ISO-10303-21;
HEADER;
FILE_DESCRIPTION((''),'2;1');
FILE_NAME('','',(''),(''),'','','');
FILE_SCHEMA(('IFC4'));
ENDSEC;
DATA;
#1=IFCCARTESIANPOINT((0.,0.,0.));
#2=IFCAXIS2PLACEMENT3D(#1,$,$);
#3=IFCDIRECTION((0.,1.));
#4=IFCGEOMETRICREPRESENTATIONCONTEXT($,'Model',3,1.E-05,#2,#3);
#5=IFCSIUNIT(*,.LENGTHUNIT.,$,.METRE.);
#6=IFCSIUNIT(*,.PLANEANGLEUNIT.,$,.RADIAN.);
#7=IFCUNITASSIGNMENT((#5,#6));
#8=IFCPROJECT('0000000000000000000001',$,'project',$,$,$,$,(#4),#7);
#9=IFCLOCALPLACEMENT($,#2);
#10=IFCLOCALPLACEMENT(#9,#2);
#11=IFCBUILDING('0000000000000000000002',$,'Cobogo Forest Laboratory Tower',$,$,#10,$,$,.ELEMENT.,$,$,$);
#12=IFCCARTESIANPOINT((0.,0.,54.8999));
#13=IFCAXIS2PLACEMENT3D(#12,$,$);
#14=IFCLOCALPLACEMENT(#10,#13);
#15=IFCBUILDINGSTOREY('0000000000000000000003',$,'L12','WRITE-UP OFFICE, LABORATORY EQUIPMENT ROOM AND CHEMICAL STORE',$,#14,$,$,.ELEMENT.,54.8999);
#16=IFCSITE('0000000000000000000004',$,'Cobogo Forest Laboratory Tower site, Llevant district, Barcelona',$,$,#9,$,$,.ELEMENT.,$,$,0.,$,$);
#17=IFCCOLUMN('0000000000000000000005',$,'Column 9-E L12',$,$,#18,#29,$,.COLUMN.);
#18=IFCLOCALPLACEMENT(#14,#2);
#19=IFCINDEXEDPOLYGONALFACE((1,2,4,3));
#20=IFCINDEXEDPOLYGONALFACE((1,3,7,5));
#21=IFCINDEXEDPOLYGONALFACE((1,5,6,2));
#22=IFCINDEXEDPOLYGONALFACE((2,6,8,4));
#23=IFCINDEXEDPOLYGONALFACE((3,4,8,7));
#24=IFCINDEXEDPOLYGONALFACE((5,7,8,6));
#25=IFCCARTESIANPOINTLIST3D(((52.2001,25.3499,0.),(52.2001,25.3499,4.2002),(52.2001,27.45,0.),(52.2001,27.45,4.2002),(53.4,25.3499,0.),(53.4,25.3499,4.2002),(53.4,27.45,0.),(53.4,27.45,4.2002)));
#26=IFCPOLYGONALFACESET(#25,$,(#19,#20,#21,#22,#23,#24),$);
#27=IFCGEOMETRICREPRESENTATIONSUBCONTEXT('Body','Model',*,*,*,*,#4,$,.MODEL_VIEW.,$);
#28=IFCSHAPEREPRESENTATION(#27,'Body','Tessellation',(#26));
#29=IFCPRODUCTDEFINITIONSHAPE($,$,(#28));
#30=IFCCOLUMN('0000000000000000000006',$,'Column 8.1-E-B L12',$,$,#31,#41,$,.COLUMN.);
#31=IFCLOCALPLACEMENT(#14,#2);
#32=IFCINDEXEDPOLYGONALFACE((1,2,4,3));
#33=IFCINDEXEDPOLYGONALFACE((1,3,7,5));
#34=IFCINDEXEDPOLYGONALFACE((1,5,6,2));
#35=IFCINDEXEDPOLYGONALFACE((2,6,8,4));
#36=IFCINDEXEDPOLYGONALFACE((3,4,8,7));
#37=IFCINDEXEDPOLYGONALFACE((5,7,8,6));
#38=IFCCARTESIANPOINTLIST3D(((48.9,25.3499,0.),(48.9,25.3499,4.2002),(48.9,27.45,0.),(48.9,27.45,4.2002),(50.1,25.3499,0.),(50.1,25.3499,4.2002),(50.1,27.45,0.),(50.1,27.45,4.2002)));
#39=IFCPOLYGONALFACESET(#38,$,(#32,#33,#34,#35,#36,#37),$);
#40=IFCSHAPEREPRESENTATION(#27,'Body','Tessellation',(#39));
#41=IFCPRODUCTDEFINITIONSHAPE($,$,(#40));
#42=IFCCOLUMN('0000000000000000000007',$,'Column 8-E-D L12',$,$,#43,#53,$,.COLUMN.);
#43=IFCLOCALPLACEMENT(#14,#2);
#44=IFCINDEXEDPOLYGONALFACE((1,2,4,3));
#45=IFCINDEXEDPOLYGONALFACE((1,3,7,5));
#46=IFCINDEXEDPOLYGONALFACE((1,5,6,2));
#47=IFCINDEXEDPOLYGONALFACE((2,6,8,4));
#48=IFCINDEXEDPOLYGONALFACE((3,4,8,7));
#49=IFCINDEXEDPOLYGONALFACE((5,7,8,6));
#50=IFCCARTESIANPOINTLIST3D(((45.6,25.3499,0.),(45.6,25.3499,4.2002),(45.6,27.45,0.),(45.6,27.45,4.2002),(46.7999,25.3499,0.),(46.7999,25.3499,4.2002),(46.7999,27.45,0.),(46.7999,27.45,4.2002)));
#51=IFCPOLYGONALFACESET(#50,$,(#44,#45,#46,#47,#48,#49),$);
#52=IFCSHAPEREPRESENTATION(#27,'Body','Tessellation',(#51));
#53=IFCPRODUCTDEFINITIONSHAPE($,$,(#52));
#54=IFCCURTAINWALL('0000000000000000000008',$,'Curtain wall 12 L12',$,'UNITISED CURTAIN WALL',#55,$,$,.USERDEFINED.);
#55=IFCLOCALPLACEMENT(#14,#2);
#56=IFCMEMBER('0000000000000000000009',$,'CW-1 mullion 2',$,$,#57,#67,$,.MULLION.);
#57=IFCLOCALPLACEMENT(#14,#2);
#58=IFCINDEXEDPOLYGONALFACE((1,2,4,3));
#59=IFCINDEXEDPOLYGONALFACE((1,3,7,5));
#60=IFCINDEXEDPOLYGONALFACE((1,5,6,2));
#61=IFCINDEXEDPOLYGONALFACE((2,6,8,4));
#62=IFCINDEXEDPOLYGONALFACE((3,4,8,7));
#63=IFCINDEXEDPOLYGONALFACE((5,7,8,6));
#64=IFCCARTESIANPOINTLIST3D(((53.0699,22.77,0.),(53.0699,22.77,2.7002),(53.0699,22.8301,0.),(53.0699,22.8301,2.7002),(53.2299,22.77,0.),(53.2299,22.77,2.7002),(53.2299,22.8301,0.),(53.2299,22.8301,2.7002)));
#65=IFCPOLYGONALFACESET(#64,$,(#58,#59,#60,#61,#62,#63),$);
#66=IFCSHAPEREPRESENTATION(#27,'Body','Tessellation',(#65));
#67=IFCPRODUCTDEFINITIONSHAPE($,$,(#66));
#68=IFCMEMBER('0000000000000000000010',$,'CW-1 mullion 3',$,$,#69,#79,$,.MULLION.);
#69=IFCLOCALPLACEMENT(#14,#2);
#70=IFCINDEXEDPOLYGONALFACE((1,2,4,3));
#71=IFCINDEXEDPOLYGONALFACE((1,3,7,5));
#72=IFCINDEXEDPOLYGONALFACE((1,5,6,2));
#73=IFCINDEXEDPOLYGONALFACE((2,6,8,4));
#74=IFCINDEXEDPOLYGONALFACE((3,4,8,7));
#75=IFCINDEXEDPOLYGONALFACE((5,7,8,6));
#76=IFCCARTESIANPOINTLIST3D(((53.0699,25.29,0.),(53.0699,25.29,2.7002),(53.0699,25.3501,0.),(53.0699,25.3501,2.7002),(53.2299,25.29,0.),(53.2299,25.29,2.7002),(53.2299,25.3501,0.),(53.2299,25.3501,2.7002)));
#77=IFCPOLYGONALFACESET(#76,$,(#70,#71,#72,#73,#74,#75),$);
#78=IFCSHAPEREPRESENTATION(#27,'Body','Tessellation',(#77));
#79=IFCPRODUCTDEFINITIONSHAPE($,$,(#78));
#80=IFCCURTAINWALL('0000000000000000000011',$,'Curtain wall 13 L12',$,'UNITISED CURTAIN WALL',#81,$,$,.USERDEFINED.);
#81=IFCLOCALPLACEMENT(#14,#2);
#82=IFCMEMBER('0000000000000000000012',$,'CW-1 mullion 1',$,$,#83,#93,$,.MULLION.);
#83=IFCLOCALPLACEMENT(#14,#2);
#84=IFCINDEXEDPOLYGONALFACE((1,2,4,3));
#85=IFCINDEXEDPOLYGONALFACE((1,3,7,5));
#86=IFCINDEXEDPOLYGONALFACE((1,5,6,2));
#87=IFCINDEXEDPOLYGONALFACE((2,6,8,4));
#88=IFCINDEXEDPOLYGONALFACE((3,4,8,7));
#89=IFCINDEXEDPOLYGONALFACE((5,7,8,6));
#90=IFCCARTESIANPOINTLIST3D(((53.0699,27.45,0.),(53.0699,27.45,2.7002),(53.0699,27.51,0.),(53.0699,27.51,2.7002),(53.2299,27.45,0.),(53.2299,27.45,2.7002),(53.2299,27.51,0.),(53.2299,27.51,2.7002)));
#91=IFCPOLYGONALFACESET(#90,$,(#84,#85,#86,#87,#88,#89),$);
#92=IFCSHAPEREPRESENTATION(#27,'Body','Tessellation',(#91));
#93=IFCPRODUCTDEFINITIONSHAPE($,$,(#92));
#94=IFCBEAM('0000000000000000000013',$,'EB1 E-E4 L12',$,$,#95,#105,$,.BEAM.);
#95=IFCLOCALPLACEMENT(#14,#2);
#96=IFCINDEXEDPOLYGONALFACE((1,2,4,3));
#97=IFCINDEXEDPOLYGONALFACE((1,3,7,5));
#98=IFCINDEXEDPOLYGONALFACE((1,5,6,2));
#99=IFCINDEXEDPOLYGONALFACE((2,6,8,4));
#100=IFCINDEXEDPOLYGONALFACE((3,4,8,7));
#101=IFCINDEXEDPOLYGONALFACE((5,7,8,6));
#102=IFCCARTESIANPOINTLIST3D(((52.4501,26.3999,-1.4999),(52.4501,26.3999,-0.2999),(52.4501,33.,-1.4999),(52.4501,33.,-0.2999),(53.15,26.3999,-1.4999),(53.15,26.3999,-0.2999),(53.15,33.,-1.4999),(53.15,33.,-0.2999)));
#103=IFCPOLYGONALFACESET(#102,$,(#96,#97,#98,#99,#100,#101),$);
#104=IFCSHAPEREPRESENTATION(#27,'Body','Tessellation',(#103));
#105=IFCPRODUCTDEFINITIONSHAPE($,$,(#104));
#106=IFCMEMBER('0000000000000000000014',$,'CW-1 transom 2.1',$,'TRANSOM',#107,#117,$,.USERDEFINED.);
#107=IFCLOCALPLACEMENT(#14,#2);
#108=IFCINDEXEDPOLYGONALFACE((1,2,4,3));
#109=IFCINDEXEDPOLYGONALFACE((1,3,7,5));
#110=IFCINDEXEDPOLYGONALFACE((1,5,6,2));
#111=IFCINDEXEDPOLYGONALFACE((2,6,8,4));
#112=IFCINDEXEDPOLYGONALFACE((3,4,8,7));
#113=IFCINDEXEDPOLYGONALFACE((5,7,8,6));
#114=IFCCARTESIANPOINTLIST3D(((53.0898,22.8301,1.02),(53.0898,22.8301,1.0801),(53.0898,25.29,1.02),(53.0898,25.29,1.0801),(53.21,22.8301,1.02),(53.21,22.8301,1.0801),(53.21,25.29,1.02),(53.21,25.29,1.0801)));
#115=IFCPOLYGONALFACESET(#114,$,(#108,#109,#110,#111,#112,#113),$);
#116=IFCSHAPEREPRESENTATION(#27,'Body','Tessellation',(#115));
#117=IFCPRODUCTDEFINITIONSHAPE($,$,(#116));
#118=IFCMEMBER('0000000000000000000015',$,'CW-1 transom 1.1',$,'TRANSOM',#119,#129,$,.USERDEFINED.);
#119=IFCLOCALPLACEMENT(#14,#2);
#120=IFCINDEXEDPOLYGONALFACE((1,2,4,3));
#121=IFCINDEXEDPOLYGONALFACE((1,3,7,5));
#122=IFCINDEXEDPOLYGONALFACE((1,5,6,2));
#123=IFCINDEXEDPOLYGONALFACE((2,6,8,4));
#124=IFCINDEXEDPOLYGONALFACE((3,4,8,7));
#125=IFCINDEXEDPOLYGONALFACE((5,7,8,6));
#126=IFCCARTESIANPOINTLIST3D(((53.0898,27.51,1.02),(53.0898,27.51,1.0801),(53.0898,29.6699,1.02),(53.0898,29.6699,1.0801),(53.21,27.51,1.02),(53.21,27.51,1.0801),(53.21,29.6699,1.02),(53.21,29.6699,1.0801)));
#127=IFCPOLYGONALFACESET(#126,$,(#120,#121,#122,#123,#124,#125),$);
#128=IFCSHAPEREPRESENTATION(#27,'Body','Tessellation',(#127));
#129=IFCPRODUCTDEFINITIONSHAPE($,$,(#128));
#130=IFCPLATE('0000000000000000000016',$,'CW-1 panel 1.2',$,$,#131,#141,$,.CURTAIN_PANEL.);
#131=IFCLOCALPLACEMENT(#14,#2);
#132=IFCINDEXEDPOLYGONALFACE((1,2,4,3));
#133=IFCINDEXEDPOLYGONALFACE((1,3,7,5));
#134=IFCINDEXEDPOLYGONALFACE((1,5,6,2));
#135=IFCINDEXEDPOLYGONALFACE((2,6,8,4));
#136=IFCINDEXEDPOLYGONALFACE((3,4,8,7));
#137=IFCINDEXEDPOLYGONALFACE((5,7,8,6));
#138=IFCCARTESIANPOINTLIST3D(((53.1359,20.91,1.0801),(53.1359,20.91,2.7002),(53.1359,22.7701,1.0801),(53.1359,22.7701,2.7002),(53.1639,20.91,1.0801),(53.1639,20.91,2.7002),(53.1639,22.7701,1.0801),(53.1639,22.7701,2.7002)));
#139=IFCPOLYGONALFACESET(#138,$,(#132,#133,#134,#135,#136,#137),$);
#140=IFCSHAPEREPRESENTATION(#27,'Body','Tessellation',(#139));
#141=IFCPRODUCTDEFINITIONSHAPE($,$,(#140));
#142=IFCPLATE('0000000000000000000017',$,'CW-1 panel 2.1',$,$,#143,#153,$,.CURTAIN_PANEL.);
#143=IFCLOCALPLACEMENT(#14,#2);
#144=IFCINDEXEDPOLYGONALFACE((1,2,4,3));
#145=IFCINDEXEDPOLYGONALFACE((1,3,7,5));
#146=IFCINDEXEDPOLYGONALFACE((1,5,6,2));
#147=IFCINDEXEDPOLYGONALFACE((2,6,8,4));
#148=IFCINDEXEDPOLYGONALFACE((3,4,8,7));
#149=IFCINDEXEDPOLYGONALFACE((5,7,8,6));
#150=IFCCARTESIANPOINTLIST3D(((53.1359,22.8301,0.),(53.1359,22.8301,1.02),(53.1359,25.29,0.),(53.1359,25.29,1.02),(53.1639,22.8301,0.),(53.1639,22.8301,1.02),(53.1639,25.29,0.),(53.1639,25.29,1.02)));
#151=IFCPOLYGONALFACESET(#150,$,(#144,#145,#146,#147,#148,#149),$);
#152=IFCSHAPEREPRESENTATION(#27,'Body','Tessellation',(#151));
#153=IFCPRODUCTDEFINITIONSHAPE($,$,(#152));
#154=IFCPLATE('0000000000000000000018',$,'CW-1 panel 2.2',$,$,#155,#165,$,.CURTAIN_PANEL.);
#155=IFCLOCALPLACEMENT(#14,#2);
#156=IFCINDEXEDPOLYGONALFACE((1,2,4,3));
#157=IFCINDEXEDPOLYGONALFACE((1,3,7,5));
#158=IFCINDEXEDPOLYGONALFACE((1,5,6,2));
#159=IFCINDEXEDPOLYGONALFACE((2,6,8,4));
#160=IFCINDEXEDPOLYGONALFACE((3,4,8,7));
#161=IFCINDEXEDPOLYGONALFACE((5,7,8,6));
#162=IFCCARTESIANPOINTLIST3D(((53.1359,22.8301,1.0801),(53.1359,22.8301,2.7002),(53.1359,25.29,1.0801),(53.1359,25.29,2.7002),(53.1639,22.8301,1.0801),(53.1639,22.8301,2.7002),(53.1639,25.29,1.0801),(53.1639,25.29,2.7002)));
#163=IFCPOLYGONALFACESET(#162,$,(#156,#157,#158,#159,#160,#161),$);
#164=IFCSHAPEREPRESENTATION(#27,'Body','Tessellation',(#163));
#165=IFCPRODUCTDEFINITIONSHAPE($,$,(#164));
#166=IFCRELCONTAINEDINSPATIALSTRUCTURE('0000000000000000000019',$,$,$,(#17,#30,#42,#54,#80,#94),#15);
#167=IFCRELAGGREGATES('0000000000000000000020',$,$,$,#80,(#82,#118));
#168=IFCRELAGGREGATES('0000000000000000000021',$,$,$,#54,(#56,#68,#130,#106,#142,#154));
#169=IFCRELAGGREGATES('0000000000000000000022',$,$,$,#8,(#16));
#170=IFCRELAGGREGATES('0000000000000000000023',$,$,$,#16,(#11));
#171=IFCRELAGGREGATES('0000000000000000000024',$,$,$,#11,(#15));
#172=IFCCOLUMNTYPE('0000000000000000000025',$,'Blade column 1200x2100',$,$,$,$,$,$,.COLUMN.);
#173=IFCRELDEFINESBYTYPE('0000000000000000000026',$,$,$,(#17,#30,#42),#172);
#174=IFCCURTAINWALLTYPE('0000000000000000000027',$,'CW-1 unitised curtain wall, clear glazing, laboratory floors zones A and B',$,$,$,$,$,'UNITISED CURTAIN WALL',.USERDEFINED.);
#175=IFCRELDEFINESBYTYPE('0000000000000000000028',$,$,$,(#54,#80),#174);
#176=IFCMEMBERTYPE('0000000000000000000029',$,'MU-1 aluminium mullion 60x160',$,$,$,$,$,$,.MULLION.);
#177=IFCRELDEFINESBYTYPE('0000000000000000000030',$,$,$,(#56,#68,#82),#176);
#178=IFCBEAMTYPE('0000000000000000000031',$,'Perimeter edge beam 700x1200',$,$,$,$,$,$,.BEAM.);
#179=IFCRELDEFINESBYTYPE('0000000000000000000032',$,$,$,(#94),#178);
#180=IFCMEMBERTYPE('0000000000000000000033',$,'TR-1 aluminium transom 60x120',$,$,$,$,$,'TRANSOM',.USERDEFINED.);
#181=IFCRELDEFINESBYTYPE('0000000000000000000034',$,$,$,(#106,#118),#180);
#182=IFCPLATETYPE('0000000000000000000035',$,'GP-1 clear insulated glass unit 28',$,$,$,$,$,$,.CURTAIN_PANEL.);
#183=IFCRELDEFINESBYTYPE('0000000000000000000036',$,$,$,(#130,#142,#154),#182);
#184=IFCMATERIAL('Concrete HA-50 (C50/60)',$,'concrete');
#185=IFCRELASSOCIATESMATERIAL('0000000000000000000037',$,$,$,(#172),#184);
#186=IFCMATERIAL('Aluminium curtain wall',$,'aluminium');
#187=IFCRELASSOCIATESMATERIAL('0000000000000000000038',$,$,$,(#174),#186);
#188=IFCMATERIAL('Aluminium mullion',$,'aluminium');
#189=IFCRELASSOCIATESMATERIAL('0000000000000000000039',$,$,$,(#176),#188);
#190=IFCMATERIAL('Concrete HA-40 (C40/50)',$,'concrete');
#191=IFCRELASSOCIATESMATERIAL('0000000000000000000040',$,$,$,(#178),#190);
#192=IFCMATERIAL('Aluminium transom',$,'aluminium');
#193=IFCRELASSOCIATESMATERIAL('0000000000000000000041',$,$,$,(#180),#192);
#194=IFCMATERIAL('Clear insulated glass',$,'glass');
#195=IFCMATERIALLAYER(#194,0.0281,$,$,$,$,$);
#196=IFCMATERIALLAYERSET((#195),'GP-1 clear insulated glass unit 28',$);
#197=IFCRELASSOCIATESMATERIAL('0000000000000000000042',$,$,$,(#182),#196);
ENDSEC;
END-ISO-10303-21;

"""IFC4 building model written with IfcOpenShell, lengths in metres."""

from ifc_helpers import new_model, si_unit, direction, frame, origin, origin_2d, place, context, subcontext, project, spatial, rectangle, extrude, material, layer, layer_set, material_profile, profile_set, type_object, element, aggregate, save


model = new_model("IFC4")

# Units and contexts
model_context = context("Model", 3, precision=1e-05, world=origin(), true_north=direction((0.0, 1.0)))
body_context = subcontext(model_context, "Body", "Model", "MODEL_VIEW")
ifc_project = project(units=[si_unit("LENGTHUNIT", "METRE"), si_unit("PLANEANGLEUNIT", "RADIAN")], contexts=[model_context])

# Site, building, storey
site_placement = place(None, origin())
site = spatial("IfcSite", under=ifc_project, at=site_placement, Name="Cobogo Forest Laboratory Tower site, Llevant district, Barcelona", CompositionType="ELEMENT", RefElevation=0.0)
building_placement = place(site_placement, origin())
building = spatial("IfcBuilding", under=site, at=building_placement, Name="Cobogo Forest Laboratory Tower", CompositionType="ELEMENT")
storey_placement = place(building_placement, frame((0.0, 0.0, 54.8999)))
storey = spatial("IfcBuildingStorey", under=building, at=storey_placement, Name="L12", Description="WRITE-UP OFFICE, LABORATORY EQUIPMENT ROOM AND CHEMICAL STORE", CompositionType="ELEMENT", Elevation=54.8999)

# Columns
ifc_material_1 = material(Name="Concrete HA-50 (C50/60)", Category="concrete")
ifc_material_profile_1 = material_profile(ifc_material_1, rectangle(XDim=2.1001, YDim=1.2, at=origin_2d()), Name="RC 1200x2100")
ifc_profile_set_1 = profile_set([ifc_material_profile_1], Name="Concrete HA-50 (C50/60)")
column_type = type_object("IfcColumnType", Name="Blade column 1200x2100", PredefinedType="COLUMN", material=ifc_profile_set_1)
for number, where, z_axis, x_axis, name in (
    (1, (52.8, 26.3999, 0.0), (0.0, 0.0, 1.0), (0.0, 1.0, 0.0), "Column 9-E L12"),
    (2, (49.5, 26.3999, 0.0), (0.0, 0.0, 1.0), (0.0, 1.0, 0.0), "Column 8.1-E-B L12"),
    (3, (46.2, 26.3999, 0.0), (0.0, 0.0, 1.0), (0.0, 1.0, 0.0), "Column 8-E-D L12"),
):
    element("IfcColumn", number, at=place(storey_placement, frame(where, z_axis=z_axis, x_axis=x_axis)), inside=storey, type_object=column_type, Name=name, PredefinedType="COLUMN", context=body_context, shape_type="SweptSolid", body=[
        extrude(rectangle(XDim=2.1001, YDim=1.2, at=origin_2d()), origin(), (0.0, 0.0, 1.0), 4.2002),
    ])

# Curtain wall, members
ifc_material_2 = material(Name="Aluminium curtain wall", Category="aluminium")
curtain_wall_type = type_object("IfcCurtainWallType", Name="CW-1 unitised curtain wall, clear glazing, laboratory floors zones A and B", ElementType="UNITISED CURTAIN WALL", PredefinedType="USERDEFINED", material=ifc_material_2)
curtain_wall_1_placement = place(storey_placement, origin())
curtain_wall_1 = element("IfcCurtainWall", 4, at=curtain_wall_1_placement, inside=storey, type_object=curtain_wall_type, Name="Curtain wall 12 L12", ObjectType="UNITISED CURTAIN WALL", PredefinedType="USERDEFINED")
ifc_material_3 = material(Name="Aluminium mullion", Category="aluminium")
ifc_material_profile_2 = material_profile(ifc_material_3, rectangle(XDim=0.0601, YDim=0.1599, at=origin_2d()), Name="AL 60x160")
ifc_profile_set_2 = profile_set([ifc_material_profile_2], Name="Aluminium mullion")
member_type_1 = type_object("IfcMemberType", Name="MU-1 aluminium mullion 60x160", PredefinedType="MULLION", material=ifc_profile_set_2)
member_1_placement = place(storey_placement, frame((53.1499, 22.8, 0.0), z_axis=(0.0, 0.0, 1.0), x_axis=(0.0, 1.0, 0.0)))
member_1 = element("IfcMember", 5, at=member_1_placement, type_object=member_type_1, Name="CW-1 mullion 2", PredefinedType="MULLION", context=body_context, shape_type="SweptSolid", body=[
    extrude(rectangle(XDim=0.0601, YDim=0.1599, at=origin_2d()), origin(), (0.0, 0.0, 1.0), 2.7002),
])
member_2_placement = place(storey_placement, frame((53.1499, 25.3201, 0.0), z_axis=(0.0, 0.0, 1.0), x_axis=(0.0, 1.0, 0.0)))
member_2 = element("IfcMember", 6, at=member_2_placement, type_object=member_type_1, Name="CW-1 mullion 3", PredefinedType="MULLION", context=body_context, shape_type="SweptSolid", body=[
    extrude(rectangle(XDim=0.0601, YDim=0.1599, at=origin_2d()), origin(), (0.0, 0.0, 1.0), 2.7002),
])

# Curtain wall, member
curtain_wall_2_placement = place(storey_placement, origin())
curtain_wall_2 = element("IfcCurtainWall", 7, at=curtain_wall_2_placement, inside=storey, type_object=curtain_wall_type, Name="Curtain wall 13 L12", ObjectType="UNITISED CURTAIN WALL", PredefinedType="USERDEFINED")
member_3_placement = place(storey_placement, frame((53.1499, 27.48, 0.0), z_axis=(0.0, 0.0, 1.0), x_axis=(0.0, 1.0, 0.0)))
member_3 = element("IfcMember", 8, at=member_3_placement, type_object=member_type_1, Name="CW-1 mullion 1", PredefinedType="MULLION", context=body_context, shape_type="SweptSolid", body=[
    extrude(rectangle(XDim=0.0601, YDim=0.1599, at=origin_2d()), origin(), (0.0, 0.0, 1.0), 2.7002),
])

# Beam
ifc_material_4 = material(Name="Concrete HA-40 (C40/50)", Category="concrete")
ifc_material_profile_3 = material_profile(ifc_material_4, rectangle(XDim=0.7, YDim=1.2, at=origin_2d()), Name="RC 700x1200")
ifc_profile_set_3 = profile_set([ifc_material_profile_3], Name="Concrete HA-40 (C40/50)")
beam_type = type_object("IfcBeamType", Name="Perimeter edge beam 700x1200", PredefinedType="BEAM", material=ifc_profile_set_3)
beam_placement = place(storey_placement, frame((52.8, 26.3999, -0.8999), z_axis=(0.0, 1.0, 0.0), x_axis=(-1.0, 0.0, 0.0)))
element("IfcBeam", 9, at=beam_placement, inside=storey, type_object=beam_type, Name="EB1 E-E4 L12", PredefinedType="BEAM", context=body_context, shape_type="SweptSolid", body=[
    extrude(rectangle(XDim=0.7, YDim=1.2, at=origin_2d()), origin(), (0.0, 0.0, 1.0), 6.6001),
])

# Members
ifc_material_5 = material(Name="Aluminium transom", Category="aluminium")
ifc_material_profile_4 = material_profile(ifc_material_5, rectangle(XDim=0.1201, YDim=0.0601, at=origin_2d()), Name="AL 60x120")
ifc_profile_set_4 = profile_set([ifc_material_profile_4], Name="Aluminium transom")
member_type_2 = type_object("IfcMemberType", Name="TR-1 aluminium transom 60x120", ElementType="TRANSOM", PredefinedType="USERDEFINED", material=ifc_profile_set_4)
member_4_placement = place(storey_placement, frame((53.1499, 22.8301, 1.05), z_axis=(0.0, 1.0, 0.0), x_axis=(-1.0, 0.0, 0.0)))
member_4 = element("IfcMember", 10, at=member_4_placement, type_object=member_type_2, Name="CW-1 transom 2.1", ObjectType="TRANSOM", PredefinedType="USERDEFINED", context=body_context, shape_type="SweptSolid", body=[
    extrude(rectangle(XDim=0.1201, YDim=0.0601, at=origin_2d()), origin(), (0.0, 0.0, 1.0), 2.46),
])
member_5_placement = place(storey_placement, frame((53.1499, 27.51, 1.05), z_axis=(0.0, 1.0, 0.0), x_axis=(-1.0, 0.0, 0.0)))
member_5 = element("IfcMember", 11, at=member_5_placement, type_object=member_type_2, Name="CW-1 transom 1.1", ObjectType="TRANSOM", PredefinedType="USERDEFINED", context=body_context, shape_type="SweptSolid", body=[
    extrude(rectangle(XDim=0.1201, YDim=0.0601, at=origin_2d()), origin(), (0.0, 0.0, 1.0), 2.1599),
])
aggregate(curtain_wall_2, [member_3, member_5])

# Plates
ifc_material_6 = material(Name="Clear insulated glass", Category="glass")
ifc_layer_1 = layer(ifc_material_6, 0.0281)
ifc_layer_set_1 = layer_set([ifc_layer_1], Name="GP-1 clear insulated glass unit 28")
plate_type_1 = type_object("IfcPlateType", Name="GP-1 clear insulated glass unit 28", PredefinedType="CURTAIN_PANEL", material=ifc_layer_set_1)
plate_1_placement = place(storey_placement, frame((53.1499, 21.8401, 1.0801), z_axis=(0.0, 0.0, 1.0), x_axis=(0.0, 1.0, 0.0)))
plate_1 = element("IfcPlate", 12, at=plate_1_placement, type_object=plate_type_1, Name="CW-1 panel 1.2", PredefinedType="CURTAIN_PANEL", context=body_context, shape_type="SweptSolid", body=[
    extrude(rectangle(XDim=1.8601, YDim=0.0281, at=origin_2d()), origin(), (0.0, 0.0, 1.0), 1.6201),
])
plate_2_placement = place(storey_placement, frame((53.1499, 24.0601, 0.0), z_axis=(0.0, 0.0, 1.0), x_axis=(0.0, 1.0, 0.0)))
plate_2 = element("IfcPlate", 13, at=plate_2_placement, type_object=plate_type_1, Name="CW-1 panel 2.1", PredefinedType="CURTAIN_PANEL", context=body_context, shape_type="SweptSolid", body=[
    extrude(rectangle(XDim=2.46, YDim=0.0281, at=origin_2d()), origin(), (0.0, 0.0, 1.0), 1.02),
])
plate_3_placement = place(storey_placement, frame((53.1499, 24.0601, 1.0801), z_axis=(0.0, 0.0, 1.0), x_axis=(0.0, 1.0, 0.0)))
plate_3 = element("IfcPlate", 14, at=plate_3_placement, type_object=plate_type_1, Name="CW-1 panel 2.2", PredefinedType="CURTAIN_PANEL", context=body_context, shape_type="SweptSolid", body=[
    extrude(rectangle(XDim=2.46, YDim=0.0281, at=origin_2d()), origin(), (0.0, 0.0, 1.0), 1.6201),
])
aggregate(curtain_wall_1, [member_1, member_2, plate_1, member_4, plate_2, plate_3])

save(model, "model.ifc")
